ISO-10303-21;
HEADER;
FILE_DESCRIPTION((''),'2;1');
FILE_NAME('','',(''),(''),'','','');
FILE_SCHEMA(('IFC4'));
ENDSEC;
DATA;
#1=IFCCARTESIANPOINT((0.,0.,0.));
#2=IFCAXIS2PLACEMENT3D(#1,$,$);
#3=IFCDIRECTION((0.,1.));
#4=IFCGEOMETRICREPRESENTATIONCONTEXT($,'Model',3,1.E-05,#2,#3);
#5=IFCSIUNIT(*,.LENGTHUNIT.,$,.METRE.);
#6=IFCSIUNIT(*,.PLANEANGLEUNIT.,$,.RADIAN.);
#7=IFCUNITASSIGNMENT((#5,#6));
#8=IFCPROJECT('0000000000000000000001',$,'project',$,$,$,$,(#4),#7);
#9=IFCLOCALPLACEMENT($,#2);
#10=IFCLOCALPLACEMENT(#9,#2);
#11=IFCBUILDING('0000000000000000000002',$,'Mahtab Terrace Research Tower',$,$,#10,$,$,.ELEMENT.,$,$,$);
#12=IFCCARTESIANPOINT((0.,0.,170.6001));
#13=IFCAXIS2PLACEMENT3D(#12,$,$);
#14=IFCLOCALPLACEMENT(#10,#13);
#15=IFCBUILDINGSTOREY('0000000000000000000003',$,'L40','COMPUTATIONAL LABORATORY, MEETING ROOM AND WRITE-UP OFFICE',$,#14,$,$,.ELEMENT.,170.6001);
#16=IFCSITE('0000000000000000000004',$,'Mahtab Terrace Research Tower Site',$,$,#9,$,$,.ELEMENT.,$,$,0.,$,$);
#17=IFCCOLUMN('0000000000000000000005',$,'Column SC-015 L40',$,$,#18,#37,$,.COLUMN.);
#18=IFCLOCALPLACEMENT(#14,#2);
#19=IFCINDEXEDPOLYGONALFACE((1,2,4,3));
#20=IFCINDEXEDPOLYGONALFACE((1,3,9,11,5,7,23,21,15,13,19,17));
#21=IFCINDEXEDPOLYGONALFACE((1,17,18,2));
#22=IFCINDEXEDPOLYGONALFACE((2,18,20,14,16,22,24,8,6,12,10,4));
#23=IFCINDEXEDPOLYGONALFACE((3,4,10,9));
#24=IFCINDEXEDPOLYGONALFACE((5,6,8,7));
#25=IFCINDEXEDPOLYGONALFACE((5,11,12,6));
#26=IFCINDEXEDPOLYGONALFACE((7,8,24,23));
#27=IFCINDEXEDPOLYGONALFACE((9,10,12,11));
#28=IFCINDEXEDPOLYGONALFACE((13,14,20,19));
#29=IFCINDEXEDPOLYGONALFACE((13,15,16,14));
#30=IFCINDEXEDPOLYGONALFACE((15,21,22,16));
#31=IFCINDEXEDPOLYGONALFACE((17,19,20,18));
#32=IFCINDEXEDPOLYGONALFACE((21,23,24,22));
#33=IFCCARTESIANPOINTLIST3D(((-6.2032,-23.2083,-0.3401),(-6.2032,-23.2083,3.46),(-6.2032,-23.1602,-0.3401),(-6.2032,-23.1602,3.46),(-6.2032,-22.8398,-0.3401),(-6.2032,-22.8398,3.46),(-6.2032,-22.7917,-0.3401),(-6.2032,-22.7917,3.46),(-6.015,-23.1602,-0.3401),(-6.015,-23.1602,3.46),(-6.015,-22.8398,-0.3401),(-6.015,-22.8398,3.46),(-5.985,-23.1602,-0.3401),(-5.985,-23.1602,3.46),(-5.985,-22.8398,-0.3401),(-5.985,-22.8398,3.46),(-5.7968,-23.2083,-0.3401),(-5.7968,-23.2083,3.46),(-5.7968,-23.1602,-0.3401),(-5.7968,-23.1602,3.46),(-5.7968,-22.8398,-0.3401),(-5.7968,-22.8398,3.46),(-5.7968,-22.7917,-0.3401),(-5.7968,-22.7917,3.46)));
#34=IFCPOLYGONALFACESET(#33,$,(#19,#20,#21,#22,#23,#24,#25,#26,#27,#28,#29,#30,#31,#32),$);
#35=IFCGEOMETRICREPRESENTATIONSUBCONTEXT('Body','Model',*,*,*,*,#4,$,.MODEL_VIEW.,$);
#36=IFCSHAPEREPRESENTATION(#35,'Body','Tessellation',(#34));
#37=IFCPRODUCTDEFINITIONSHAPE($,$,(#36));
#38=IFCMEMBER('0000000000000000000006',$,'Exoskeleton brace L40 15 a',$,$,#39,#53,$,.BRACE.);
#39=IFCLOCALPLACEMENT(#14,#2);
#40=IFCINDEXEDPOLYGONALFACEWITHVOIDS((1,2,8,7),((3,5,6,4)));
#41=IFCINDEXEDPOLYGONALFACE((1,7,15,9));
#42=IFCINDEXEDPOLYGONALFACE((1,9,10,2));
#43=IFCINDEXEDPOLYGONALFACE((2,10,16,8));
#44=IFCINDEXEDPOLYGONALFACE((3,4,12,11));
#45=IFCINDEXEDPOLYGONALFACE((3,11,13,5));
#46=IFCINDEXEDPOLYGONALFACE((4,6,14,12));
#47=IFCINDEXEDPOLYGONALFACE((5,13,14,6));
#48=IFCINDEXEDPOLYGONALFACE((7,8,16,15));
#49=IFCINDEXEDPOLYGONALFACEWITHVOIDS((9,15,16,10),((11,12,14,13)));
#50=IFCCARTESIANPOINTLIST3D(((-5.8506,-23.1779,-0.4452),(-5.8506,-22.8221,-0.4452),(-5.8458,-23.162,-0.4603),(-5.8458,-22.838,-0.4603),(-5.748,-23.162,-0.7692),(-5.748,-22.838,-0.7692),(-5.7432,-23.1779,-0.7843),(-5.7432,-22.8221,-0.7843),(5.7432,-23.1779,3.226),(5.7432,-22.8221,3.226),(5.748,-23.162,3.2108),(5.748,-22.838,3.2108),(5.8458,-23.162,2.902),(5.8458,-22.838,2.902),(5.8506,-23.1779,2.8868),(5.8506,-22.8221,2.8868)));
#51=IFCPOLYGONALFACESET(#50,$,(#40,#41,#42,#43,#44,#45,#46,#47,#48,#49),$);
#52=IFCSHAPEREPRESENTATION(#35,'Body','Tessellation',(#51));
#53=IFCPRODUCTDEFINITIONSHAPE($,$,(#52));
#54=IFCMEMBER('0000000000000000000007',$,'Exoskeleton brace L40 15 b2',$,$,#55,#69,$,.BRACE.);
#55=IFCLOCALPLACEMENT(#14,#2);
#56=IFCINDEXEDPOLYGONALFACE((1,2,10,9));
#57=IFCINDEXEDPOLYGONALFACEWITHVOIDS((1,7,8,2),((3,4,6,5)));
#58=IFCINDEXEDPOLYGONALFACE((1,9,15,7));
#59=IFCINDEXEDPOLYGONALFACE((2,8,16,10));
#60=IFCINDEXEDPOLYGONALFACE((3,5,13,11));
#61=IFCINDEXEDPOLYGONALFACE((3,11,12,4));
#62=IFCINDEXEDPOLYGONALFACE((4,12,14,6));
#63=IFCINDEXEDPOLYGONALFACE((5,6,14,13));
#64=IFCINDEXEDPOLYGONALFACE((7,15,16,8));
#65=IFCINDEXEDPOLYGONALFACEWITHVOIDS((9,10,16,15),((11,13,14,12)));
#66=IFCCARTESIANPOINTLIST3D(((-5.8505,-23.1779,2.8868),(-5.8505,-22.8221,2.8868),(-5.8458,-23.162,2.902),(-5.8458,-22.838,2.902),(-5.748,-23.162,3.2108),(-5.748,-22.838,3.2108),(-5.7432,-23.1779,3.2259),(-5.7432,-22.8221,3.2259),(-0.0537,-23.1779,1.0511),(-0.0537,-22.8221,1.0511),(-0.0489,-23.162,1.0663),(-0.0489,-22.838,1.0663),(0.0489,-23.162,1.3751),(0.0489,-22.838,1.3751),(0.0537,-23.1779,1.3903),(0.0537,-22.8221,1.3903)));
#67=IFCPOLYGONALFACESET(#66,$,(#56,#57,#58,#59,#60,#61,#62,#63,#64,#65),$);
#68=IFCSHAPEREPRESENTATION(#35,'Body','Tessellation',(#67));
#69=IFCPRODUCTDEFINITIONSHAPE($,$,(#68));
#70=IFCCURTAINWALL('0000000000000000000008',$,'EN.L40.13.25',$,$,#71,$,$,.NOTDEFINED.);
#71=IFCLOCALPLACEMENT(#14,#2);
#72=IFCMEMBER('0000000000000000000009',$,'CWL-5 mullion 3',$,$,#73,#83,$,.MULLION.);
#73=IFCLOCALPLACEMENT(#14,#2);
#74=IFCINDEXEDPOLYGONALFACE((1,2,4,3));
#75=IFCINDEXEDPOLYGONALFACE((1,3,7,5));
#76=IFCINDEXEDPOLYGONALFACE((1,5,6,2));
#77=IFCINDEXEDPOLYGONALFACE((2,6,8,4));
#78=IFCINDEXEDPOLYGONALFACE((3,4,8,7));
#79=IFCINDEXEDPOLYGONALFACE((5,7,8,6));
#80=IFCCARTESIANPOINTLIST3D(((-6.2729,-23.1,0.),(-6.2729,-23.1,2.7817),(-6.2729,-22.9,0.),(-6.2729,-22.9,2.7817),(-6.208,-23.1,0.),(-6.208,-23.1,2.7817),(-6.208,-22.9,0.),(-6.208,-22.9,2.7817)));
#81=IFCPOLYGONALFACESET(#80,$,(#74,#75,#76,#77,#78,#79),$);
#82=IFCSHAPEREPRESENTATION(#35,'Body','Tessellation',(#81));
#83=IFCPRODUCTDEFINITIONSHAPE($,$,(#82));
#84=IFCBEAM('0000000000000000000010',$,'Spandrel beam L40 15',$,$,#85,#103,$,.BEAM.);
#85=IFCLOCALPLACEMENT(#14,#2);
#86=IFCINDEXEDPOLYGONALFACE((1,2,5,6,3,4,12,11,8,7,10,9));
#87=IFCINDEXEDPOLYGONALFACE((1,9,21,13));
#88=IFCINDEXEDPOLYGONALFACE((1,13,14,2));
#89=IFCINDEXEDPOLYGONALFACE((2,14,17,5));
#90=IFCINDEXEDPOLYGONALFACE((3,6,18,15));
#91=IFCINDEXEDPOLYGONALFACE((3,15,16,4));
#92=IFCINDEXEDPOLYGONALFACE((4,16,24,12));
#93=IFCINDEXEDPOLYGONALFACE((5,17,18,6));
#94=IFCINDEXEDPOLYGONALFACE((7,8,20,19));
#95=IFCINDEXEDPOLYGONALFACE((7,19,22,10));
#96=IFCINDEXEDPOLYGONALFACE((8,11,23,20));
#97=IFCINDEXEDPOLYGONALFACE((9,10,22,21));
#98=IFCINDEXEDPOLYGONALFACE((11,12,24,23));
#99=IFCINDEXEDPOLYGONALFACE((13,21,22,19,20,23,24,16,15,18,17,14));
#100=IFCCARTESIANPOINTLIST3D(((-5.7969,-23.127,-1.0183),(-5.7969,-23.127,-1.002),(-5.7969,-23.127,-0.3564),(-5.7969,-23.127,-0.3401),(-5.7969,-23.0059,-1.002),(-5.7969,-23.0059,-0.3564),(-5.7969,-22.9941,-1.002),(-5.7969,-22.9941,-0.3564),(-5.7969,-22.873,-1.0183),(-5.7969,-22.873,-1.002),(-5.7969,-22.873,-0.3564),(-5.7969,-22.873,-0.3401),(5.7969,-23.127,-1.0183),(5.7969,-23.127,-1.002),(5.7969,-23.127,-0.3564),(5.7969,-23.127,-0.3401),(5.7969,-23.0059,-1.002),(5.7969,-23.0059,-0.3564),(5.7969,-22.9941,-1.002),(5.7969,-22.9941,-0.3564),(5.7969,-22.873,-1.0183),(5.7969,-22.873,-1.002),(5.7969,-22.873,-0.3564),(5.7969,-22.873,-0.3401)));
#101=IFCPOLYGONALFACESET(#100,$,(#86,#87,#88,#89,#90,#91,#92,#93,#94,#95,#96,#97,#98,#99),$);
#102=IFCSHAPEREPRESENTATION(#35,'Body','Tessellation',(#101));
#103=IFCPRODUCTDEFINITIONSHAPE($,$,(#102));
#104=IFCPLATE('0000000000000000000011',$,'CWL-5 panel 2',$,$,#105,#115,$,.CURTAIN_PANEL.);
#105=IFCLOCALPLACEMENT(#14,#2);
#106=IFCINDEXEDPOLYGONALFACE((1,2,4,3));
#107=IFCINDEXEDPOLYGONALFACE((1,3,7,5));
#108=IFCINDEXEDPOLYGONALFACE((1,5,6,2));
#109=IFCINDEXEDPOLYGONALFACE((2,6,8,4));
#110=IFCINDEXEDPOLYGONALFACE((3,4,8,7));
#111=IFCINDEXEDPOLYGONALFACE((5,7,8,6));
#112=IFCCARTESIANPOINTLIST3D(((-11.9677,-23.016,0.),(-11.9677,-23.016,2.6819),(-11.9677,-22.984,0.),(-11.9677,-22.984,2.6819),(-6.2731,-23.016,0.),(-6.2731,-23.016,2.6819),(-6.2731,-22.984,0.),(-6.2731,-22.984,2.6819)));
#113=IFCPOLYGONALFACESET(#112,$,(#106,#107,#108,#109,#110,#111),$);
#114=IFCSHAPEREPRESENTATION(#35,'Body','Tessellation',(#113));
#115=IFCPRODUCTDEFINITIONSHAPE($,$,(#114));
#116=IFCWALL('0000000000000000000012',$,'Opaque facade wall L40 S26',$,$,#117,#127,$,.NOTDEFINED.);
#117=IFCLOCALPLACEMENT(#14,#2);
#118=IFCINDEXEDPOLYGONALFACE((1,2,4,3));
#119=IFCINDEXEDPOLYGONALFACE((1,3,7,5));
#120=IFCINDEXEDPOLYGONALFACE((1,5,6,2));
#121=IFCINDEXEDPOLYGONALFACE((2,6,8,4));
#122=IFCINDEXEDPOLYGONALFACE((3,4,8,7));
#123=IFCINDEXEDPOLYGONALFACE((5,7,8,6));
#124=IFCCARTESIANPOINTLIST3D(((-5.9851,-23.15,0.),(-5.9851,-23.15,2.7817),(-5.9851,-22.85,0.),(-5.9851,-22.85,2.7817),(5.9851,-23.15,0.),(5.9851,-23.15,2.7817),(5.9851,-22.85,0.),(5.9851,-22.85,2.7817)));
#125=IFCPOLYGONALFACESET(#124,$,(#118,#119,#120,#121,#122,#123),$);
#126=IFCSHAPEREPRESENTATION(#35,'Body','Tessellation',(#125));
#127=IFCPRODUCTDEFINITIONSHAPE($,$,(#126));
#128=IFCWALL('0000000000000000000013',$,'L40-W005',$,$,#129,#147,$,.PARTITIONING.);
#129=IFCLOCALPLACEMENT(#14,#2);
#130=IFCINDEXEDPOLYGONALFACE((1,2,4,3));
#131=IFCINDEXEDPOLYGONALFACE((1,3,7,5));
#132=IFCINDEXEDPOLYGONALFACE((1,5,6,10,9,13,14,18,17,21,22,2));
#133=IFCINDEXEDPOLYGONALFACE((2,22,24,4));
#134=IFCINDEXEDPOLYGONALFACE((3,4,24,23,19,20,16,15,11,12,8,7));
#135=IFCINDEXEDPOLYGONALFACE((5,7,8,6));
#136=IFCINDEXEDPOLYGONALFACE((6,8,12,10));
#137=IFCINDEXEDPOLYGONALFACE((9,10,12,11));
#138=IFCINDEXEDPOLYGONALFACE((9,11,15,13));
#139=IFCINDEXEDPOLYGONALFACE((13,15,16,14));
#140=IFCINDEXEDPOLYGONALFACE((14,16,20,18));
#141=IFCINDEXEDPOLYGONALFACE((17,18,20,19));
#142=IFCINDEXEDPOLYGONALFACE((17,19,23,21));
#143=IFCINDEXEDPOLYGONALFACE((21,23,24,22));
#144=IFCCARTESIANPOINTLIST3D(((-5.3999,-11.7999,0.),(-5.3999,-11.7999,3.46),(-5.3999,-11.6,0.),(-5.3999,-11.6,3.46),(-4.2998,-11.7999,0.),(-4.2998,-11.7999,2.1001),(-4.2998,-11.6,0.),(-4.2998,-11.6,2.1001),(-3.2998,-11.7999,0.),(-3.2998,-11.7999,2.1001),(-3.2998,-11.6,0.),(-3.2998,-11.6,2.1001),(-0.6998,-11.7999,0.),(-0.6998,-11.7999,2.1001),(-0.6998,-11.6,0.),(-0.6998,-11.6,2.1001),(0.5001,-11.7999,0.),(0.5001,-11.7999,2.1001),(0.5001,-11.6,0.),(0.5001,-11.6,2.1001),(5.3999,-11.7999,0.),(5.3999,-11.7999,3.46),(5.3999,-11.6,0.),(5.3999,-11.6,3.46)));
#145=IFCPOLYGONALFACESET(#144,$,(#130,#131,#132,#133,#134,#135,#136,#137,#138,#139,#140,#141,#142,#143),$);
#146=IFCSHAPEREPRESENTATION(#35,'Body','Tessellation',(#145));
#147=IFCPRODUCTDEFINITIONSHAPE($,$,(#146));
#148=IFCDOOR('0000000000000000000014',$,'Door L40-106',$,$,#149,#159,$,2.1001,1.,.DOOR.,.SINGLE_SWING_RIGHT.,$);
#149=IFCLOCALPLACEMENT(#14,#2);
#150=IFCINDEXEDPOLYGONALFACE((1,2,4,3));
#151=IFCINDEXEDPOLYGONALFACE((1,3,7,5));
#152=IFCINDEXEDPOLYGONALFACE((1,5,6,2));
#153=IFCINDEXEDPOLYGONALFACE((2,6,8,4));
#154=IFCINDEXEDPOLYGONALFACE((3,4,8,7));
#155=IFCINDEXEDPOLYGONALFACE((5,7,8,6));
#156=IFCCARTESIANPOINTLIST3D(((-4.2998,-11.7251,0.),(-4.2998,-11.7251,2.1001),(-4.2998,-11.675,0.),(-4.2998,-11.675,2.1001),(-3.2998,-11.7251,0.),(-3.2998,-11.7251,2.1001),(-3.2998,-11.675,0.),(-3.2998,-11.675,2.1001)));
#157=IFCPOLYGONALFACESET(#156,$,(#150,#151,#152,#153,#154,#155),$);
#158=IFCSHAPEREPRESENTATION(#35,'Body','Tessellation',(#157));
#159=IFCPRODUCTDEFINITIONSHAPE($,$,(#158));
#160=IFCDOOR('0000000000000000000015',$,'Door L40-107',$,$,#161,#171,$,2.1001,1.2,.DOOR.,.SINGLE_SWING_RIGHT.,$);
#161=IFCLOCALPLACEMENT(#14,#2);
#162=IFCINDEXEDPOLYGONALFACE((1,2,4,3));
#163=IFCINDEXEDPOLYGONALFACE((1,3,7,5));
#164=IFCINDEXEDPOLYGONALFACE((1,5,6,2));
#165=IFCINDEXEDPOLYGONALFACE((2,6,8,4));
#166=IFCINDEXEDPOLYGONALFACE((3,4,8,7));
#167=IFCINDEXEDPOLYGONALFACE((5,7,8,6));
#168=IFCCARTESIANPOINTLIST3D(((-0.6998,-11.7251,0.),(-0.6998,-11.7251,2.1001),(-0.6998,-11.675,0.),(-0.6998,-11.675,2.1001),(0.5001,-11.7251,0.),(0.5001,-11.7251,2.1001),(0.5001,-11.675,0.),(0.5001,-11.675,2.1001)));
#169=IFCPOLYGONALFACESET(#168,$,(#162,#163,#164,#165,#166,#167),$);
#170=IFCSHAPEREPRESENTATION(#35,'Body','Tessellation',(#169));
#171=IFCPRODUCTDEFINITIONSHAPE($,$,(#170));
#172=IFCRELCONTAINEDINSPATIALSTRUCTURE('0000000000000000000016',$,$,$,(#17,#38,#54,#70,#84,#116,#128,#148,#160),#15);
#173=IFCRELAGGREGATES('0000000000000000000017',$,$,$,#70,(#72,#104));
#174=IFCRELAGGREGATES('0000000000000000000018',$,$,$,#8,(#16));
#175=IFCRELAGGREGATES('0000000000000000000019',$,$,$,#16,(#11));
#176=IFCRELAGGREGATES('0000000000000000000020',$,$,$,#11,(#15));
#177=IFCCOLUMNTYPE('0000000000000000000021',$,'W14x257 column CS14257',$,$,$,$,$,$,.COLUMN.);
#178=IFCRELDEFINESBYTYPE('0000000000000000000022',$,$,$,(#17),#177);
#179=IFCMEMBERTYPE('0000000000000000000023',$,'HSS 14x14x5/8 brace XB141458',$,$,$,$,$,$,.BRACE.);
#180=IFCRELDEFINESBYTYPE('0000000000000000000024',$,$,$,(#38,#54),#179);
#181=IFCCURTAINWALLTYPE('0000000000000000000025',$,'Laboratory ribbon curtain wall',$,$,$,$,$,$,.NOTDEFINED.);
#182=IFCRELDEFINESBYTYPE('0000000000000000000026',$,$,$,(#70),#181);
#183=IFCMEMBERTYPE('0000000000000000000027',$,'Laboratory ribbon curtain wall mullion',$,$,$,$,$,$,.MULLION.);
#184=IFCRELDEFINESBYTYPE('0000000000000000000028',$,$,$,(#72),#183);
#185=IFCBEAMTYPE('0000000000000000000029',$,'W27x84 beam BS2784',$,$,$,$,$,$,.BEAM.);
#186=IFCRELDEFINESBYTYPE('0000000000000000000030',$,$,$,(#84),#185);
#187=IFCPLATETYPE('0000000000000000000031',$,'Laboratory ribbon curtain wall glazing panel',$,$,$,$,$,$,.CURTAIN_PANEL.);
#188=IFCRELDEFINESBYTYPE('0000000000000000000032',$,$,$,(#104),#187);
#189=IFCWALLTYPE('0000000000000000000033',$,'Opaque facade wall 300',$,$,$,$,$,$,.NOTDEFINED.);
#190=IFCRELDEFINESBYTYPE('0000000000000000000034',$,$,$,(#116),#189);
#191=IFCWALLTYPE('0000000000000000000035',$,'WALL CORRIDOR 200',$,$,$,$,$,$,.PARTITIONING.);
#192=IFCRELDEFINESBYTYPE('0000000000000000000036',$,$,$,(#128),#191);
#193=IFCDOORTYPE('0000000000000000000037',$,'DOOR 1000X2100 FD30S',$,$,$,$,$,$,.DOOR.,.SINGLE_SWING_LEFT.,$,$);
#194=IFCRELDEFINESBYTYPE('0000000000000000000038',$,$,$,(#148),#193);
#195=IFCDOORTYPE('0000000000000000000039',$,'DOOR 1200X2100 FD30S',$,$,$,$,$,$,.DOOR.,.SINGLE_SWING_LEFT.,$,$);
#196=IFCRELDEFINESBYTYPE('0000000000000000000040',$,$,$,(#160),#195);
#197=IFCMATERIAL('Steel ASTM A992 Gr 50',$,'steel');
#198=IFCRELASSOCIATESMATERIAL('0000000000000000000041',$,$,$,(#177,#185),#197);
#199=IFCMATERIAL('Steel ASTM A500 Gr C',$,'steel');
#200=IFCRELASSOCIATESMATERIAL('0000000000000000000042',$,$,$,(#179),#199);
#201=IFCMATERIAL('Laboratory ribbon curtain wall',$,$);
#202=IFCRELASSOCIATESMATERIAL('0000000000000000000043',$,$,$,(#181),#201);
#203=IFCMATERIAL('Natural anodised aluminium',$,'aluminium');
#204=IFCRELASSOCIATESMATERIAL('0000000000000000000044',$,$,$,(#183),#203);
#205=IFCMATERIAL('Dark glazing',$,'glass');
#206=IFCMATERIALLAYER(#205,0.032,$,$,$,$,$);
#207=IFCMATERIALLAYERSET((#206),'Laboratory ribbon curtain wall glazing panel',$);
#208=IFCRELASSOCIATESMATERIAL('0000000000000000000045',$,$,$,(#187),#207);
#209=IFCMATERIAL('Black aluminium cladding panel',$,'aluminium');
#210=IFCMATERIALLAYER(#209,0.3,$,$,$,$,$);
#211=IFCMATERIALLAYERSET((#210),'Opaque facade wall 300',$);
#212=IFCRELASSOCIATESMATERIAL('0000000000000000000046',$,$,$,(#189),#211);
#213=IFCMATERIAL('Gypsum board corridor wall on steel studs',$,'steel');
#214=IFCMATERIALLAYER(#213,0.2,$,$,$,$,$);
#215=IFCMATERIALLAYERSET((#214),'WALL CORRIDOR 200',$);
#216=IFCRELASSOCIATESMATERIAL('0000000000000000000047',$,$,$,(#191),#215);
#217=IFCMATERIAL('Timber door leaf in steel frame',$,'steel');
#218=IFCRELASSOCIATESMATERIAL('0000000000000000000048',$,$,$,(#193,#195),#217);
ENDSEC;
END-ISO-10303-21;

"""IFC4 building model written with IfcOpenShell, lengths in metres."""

from ifc_helpers import new_model, si_unit, direction, frame, frame_2d, origin, origin_2d, place, context, subcontext, project, spatial, rectangle, hollow_rectangle, i_section, extrude, material, layer, layer_set, material_profile, profile_set, type_object, element, fill, aggregate, save


model = new_model("IFC4")

# Units and contexts
model_context = context("Model", 3, precision=1e-05, world=origin(), true_north=direction((0.0, 1.0)))
body_context = subcontext(model_context, "Body", "Model", "MODEL_VIEW")
ifc_project = project(units=[si_unit("LENGTHUNIT", "METRE"), si_unit("PLANEANGLEUNIT", "RADIAN")], contexts=[model_context])

# Site, building, storey
site_placement = place(None, origin())
site = spatial("IfcSite", under=ifc_project, at=site_placement, Name="Mahtab Terrace Research Tower Site", CompositionType="ELEMENT", RefElevation=0.0)
building_placement = place(site_placement, origin())
building = spatial("IfcBuilding", under=site, at=building_placement, Name="Mahtab Terrace Research Tower", CompositionType="ELEMENT")
storey_placement = place(building_placement, frame((0.0, 0.0, 170.6001)))
storey = spatial("IfcBuildingStorey", under=building, at=storey_placement, Name="L40", Description="COMPUTATIONAL LABORATORY, MEETING ROOM AND WRITE-UP OFFICE", CompositionType="ELEMENT", Elevation=170.6001)

# Column
ifc_material_1 = material(Name="Steel ASTM A992 Gr 50", Category="steel")
ifc_material_profile_1 = material_profile(ifc_material_1, i_section(OverallWidth=0.4065, OverallDepth=0.4165, WebThickness=0.03, FlangeThickness=0.0481, at=origin_2d()), Name="W14X257")
ifc_profile_set_1 = profile_set([ifc_material_profile_1], Name="Steel ASTM A992 Gr 50")
column_type = type_object("IfcColumnType", Name="W14x257 column CS14257", PredefinedType="COLUMN", material=ifc_profile_set_1)
column_placement = place(storey_placement, frame((-6.0, -23.0, -0.3401), z_axis=(0.0, 0.0, 1.0), x_axis=(1.0, 0.0, 0.0)))
element("IfcColumn", 1, at=column_placement, inside=storey, type_object=column_type, Name="Column SC-015 L40", PredefinedType="COLUMN", context=body_context, shape_type="SweptSolid", body=[
    extrude(i_section(OverallWidth=0.4065, OverallDepth=0.4165, WebThickness=0.03, FlangeThickness=0.0481, at=origin_2d()), origin(), (0.0, 0.0, 1.0), 3.8),
])

# Members
ifc_material_2 = material(Name="Steel ASTM A500 Gr C", Category="steel")
ifc_material_profile_2 = material_profile(ifc_material_2, hollow_rectangle(XDim=0.3557, YDim=0.3557, WallThickness=0.0159, at=origin_2d()), Name="HSS14X14X5/8")
ifc_profile_set_2 = profile_set([ifc_material_profile_2], Name="Steel ASTM A500 Gr C")
member_type_1 = type_object("IfcMemberType", Name="HSS 14x14x5/8 brace XB141458", PredefinedType="BRACE", material=ifc_profile_set_2)
member_1_placement = place(storey_placement, frame((-5.7969, -23.0, -0.6147), z_axis=(0.953347, 0.0, 0.301876), x_axis=(0.0, 1.0, 0.0)))
element("IfcMember", 2, at=member_1_placement, inside=storey, type_object=member_type_1, Name="Exoskeleton brace L40 15 a", PredefinedType="BRACE", context=body_context, shape_type="SweptSolid", body=[
    extrude(hollow_rectangle(XDim=0.3557, YDim=0.3557, WallThickness=0.0159, at=origin_2d()), origin(), (0.0, 0.0, 1.0), 12.1611),
])
member_2_placement = place(storey_placement, frame((0.0, -23.0, 1.2207), z_axis=(-0.953341, 0.0, 0.301894), x_axis=(0.0, -1.0, 0.0)))
element("IfcMember", 3, at=member_2_placement, inside=storey, type_object=member_type_1, Name="Exoskeleton brace L40 15 b2", PredefinedType="BRACE", context=body_context, shape_type="SweptSolid", body=[
    extrude(hollow_rectangle(XDim=0.3557, YDim=0.3557, WallThickness=0.0159, at=origin_2d()), origin(), (0.0, 0.0, 1.0), 6.0806),
])

# Curtain wall, member
ifc_material_3 = material(Name="Laboratory ribbon curtain wall")
curtain_wall_type = type_object("IfcCurtainWallType", Name="Laboratory ribbon curtain wall", PredefinedType="NOTDEFINED", material=ifc_material_3)
curtain_wall_placement = place(storey_placement, origin())
curtain_wall = element("IfcCurtainWall", 4, at=curtain_wall_placement, inside=storey, type_object=curtain_wall_type, Name="EN.L40.13.25", PredefinedType="NOTDEFINED")
ifc_material_4 = material(Name="Natural anodised aluminium", Category="aluminium")
ifc_material_profile_3 = material_profile(ifc_material_4, rectangle(XDim=0.2, YDim=0.0649, at=origin_2d()), Name="MULLION 65x200")
ifc_profile_set_3 = profile_set([ifc_material_profile_3], Name="Natural anodised aluminium")
member_type_2 = type_object("IfcMemberType", Name="Laboratory ribbon curtain wall mullion", PredefinedType="MULLION", material=ifc_profile_set_3)
member_3_placement = place(storey_placement, frame((-6.2405, -23.0, 0.0), z_axis=(0.0, 0.0, 1.0), x_axis=(0.0, 1.0, 0.0)))
member_3 = element("IfcMember", 5, at=member_3_placement, type_object=member_type_2, Name="CWL-5 mullion 3", PredefinedType="MULLION", context=body_context, shape_type="SweptSolid", body=[
    extrude(rectangle(XDim=0.2, YDim=0.0649, at=origin_2d()), origin(), (0.0, 0.0, 1.0), 2.7817),
])

# Beam
ifc_material_profile_4 = material_profile(ifc_material_1, i_section(OverallWidth=0.2539, OverallDepth=0.6782, WebThickness=0.0117, FlangeThickness=0.0164, at=origin_2d()), Name="W27X84")
ifc_profile_set_4 = profile_set([ifc_material_profile_4], Name="Steel ASTM A992 Gr 50")
beam_type = type_object("IfcBeamType", Name="W27x84 beam BS2784", PredefinedType="BEAM", material=ifc_profile_set_4)
beam_placement = place(storey_placement, frame((-5.7969, -23.0, -0.6792), z_axis=(1.0, 0.0, 0.0), x_axis=(0.0, 1.0, 0.0)))
element("IfcBeam", 6, at=beam_placement, inside=storey, type_object=beam_type, Name="Spandrel beam L40 15", PredefinedType="BEAM", context=body_context, shape_type="SweptSolid", body=[
    extrude(i_section(OverallWidth=0.2539, OverallDepth=0.6782, WebThickness=0.0117, FlangeThickness=0.0164, at=origin_2d()), origin(), (0.0, 0.0, 1.0), 11.5938),
])

# Plate
ifc_material_5 = material(Name="Dark glazing", Category="glass")
ifc_layer_1 = layer(ifc_material_5, 0.032)
ifc_layer_set_1 = layer_set([ifc_layer_1], Name="Laboratory ribbon curtain wall glazing panel")
plate_type = type_object("IfcPlateType", Name="Laboratory ribbon curtain wall glazing panel", PredefinedType="CURTAIN_PANEL", material=ifc_layer_set_1)
plate_placement = place(storey_placement, frame((-9.1204, -23.0, 0.0), z_axis=(0.0, 0.0, 1.0), x_axis=(1.0, 0.0, 0.0)))
plate = element("IfcPlate", 7, at=plate_placement, type_object=plate_type, Name="CWL-5 panel 2", PredefinedType="CURTAIN_PANEL", context=body_context, shape_type="SweptSolid", body=[
    extrude(rectangle(XDim=5.6946, YDim=0.032, at=origin_2d()), origin(), (0.0, 0.0, 1.0), 2.6819),
])
aggregate(curtain_wall, [member_3, plate])

# Wall
ifc_material_6 = material(Name="Black aluminium cladding panel", Category="aluminium")
ifc_layer_2 = layer(ifc_material_6, 0.3)
ifc_layer_set_2 = layer_set([ifc_layer_2], Name="Opaque facade wall 300")
wall_type_1 = type_object("IfcWallType", Name="Opaque facade wall 300", PredefinedType="NOTDEFINED", material=ifc_layer_set_2)
wall_1_placement = place(storey_placement, frame((-5.9851, -23.0, 0.0), z_axis=(0.0, 0.0, 1.0), x_axis=(1.0, 0.0, 0.0)))
element("IfcWall", 8, at=wall_1_placement, inside=storey, type_object=wall_type_1, Name="Opaque facade wall L40 S26", PredefinedType="NOTDEFINED", context=body_context, shape_type="SweptSolid", body=[
    extrude(rectangle(XDim=11.9702, YDim=0.3, at=frame_2d((5.9851, 0.0))), origin(), (0.0, 0.0, 1.0), 2.7817),
])

# Wall, openings, doors
ifc_material_7 = material(Name="Gypsum board corridor wall on steel studs", Category="steel")
ifc_layer_3 = layer(ifc_material_7, 0.2)
ifc_layer_set_3 = layer_set([ifc_layer_3], Name="WALL CORRIDOR 200")
wall_type_2 = type_object("IfcWallType", Name="WALL CORRIDOR 200", PredefinedType="PARTITIONING", material=ifc_layer_set_3)
wall_2_placement = place(storey_placement, frame((-5.3999, -11.7, 0.0), z_axis=(0.0, 0.0, 1.0), x_axis=(1.0, 0.0, 0.0)))
wall_2 = element("IfcWall", 9, at=wall_2_placement, inside=storey, type_object=wall_type_2, Name="L40-W005", PredefinedType="PARTITIONING", context=body_context, shape_type="SweptSolid", body=[
    extrude(rectangle(XDim=10.7998, YDim=0.2, at=frame_2d((5.3999, 0.0))), origin(), (0.0, 0.0, 1.0), 3.46),
])
opening_1_placement = place(wall_2_placement, frame((1.1001, 0.0, 0.0)))
opening_1 = element("IfcOpeningElement", 10, at=opening_1_placement, cuts=wall_2, PredefinedType="OPENING", context=body_context, shape_type="SweptSolid", body=[
    extrude(rectangle(XDim=1.0, YDim=2.1001, at=frame_2d((0.5, 1.05))), frame((0.0, 0.1099, 0.0), z_axis=(0.0, -1.0, 0.0), x_axis=(1.0, 0.0, 0.0)), (0.0, 0.0, 1.0), 0.22),
])
opening_2_placement = place(wall_2_placement, frame((4.7, 0.0, 0.0)))
opening_2 = element("IfcOpeningElement", 11, at=opening_2_placement, cuts=wall_2, PredefinedType="OPENING", context=body_context, shape_type="SweptSolid", body=[
    extrude(rectangle(XDim=1.2, YDim=2.1001, at=frame_2d((0.6001, 1.05))), frame((0.0, 0.1099, 0.0), z_axis=(0.0, -1.0, 0.0), x_axis=(1.0, 0.0, 0.0)), (0.0, 0.0, 1.0), 0.22),
])
ifc_material_8 = material(Name="Timber door leaf in steel frame", Category="steel")
door_type_1 = type_object("IfcDoorType", Name="DOOR 1000X2100 FD30S", OperationType="SINGLE_SWING_LEFT", PredefinedType="DOOR", material=ifc_material_8)
door_1_placement = place(opening_1_placement, origin())
door_1 = element("IfcDoor", 12, at=door_1_placement, inside=storey, type_object=door_type_1, Name="Door L40-106", OperationType="SINGLE_SWING_RIGHT", OverallHeight=2.1001, OverallWidth=1.0, PredefinedType="DOOR", context=body_context, shape_type="SweptSolid", body=[
    extrude(rectangle(XDim=1.0, YDim=2.1001, at=frame_2d((0.5, 1.05))), frame((0.0, 0.0249, 0.0), z_axis=(0.0, -1.0, 0.0), x_axis=(1.0, 0.0, 0.0)), (0.0, 0.0, 1.0), 0.05),
])
fill(opening_1, door_1)
door_type_2 = type_object("IfcDoorType", Name="DOOR 1200X2100 FD30S", OperationType="SINGLE_SWING_LEFT", PredefinedType="DOOR", material=ifc_material_8)
door_2_placement = place(opening_2_placement, origin())
door_2 = element("IfcDoor", 13, at=door_2_placement, inside=storey, type_object=door_type_2, Name="Door L40-107", OperationType="SINGLE_SWING_RIGHT", OverallHeight=2.1001, OverallWidth=1.2, PredefinedType="DOOR", context=body_context, shape_type="SweptSolid", body=[
    extrude(rectangle(XDim=1.2, YDim=2.1001, at=frame_2d((0.6001, 1.05))), frame((0.0, 0.0249, 0.0), z_axis=(0.0, -1.0, 0.0), x_axis=(1.0, 0.0, 0.0)), (0.0, 0.0, 1.0), 0.05),
])
fill(opening_2, door_2)

save(model, "model.ifc")
